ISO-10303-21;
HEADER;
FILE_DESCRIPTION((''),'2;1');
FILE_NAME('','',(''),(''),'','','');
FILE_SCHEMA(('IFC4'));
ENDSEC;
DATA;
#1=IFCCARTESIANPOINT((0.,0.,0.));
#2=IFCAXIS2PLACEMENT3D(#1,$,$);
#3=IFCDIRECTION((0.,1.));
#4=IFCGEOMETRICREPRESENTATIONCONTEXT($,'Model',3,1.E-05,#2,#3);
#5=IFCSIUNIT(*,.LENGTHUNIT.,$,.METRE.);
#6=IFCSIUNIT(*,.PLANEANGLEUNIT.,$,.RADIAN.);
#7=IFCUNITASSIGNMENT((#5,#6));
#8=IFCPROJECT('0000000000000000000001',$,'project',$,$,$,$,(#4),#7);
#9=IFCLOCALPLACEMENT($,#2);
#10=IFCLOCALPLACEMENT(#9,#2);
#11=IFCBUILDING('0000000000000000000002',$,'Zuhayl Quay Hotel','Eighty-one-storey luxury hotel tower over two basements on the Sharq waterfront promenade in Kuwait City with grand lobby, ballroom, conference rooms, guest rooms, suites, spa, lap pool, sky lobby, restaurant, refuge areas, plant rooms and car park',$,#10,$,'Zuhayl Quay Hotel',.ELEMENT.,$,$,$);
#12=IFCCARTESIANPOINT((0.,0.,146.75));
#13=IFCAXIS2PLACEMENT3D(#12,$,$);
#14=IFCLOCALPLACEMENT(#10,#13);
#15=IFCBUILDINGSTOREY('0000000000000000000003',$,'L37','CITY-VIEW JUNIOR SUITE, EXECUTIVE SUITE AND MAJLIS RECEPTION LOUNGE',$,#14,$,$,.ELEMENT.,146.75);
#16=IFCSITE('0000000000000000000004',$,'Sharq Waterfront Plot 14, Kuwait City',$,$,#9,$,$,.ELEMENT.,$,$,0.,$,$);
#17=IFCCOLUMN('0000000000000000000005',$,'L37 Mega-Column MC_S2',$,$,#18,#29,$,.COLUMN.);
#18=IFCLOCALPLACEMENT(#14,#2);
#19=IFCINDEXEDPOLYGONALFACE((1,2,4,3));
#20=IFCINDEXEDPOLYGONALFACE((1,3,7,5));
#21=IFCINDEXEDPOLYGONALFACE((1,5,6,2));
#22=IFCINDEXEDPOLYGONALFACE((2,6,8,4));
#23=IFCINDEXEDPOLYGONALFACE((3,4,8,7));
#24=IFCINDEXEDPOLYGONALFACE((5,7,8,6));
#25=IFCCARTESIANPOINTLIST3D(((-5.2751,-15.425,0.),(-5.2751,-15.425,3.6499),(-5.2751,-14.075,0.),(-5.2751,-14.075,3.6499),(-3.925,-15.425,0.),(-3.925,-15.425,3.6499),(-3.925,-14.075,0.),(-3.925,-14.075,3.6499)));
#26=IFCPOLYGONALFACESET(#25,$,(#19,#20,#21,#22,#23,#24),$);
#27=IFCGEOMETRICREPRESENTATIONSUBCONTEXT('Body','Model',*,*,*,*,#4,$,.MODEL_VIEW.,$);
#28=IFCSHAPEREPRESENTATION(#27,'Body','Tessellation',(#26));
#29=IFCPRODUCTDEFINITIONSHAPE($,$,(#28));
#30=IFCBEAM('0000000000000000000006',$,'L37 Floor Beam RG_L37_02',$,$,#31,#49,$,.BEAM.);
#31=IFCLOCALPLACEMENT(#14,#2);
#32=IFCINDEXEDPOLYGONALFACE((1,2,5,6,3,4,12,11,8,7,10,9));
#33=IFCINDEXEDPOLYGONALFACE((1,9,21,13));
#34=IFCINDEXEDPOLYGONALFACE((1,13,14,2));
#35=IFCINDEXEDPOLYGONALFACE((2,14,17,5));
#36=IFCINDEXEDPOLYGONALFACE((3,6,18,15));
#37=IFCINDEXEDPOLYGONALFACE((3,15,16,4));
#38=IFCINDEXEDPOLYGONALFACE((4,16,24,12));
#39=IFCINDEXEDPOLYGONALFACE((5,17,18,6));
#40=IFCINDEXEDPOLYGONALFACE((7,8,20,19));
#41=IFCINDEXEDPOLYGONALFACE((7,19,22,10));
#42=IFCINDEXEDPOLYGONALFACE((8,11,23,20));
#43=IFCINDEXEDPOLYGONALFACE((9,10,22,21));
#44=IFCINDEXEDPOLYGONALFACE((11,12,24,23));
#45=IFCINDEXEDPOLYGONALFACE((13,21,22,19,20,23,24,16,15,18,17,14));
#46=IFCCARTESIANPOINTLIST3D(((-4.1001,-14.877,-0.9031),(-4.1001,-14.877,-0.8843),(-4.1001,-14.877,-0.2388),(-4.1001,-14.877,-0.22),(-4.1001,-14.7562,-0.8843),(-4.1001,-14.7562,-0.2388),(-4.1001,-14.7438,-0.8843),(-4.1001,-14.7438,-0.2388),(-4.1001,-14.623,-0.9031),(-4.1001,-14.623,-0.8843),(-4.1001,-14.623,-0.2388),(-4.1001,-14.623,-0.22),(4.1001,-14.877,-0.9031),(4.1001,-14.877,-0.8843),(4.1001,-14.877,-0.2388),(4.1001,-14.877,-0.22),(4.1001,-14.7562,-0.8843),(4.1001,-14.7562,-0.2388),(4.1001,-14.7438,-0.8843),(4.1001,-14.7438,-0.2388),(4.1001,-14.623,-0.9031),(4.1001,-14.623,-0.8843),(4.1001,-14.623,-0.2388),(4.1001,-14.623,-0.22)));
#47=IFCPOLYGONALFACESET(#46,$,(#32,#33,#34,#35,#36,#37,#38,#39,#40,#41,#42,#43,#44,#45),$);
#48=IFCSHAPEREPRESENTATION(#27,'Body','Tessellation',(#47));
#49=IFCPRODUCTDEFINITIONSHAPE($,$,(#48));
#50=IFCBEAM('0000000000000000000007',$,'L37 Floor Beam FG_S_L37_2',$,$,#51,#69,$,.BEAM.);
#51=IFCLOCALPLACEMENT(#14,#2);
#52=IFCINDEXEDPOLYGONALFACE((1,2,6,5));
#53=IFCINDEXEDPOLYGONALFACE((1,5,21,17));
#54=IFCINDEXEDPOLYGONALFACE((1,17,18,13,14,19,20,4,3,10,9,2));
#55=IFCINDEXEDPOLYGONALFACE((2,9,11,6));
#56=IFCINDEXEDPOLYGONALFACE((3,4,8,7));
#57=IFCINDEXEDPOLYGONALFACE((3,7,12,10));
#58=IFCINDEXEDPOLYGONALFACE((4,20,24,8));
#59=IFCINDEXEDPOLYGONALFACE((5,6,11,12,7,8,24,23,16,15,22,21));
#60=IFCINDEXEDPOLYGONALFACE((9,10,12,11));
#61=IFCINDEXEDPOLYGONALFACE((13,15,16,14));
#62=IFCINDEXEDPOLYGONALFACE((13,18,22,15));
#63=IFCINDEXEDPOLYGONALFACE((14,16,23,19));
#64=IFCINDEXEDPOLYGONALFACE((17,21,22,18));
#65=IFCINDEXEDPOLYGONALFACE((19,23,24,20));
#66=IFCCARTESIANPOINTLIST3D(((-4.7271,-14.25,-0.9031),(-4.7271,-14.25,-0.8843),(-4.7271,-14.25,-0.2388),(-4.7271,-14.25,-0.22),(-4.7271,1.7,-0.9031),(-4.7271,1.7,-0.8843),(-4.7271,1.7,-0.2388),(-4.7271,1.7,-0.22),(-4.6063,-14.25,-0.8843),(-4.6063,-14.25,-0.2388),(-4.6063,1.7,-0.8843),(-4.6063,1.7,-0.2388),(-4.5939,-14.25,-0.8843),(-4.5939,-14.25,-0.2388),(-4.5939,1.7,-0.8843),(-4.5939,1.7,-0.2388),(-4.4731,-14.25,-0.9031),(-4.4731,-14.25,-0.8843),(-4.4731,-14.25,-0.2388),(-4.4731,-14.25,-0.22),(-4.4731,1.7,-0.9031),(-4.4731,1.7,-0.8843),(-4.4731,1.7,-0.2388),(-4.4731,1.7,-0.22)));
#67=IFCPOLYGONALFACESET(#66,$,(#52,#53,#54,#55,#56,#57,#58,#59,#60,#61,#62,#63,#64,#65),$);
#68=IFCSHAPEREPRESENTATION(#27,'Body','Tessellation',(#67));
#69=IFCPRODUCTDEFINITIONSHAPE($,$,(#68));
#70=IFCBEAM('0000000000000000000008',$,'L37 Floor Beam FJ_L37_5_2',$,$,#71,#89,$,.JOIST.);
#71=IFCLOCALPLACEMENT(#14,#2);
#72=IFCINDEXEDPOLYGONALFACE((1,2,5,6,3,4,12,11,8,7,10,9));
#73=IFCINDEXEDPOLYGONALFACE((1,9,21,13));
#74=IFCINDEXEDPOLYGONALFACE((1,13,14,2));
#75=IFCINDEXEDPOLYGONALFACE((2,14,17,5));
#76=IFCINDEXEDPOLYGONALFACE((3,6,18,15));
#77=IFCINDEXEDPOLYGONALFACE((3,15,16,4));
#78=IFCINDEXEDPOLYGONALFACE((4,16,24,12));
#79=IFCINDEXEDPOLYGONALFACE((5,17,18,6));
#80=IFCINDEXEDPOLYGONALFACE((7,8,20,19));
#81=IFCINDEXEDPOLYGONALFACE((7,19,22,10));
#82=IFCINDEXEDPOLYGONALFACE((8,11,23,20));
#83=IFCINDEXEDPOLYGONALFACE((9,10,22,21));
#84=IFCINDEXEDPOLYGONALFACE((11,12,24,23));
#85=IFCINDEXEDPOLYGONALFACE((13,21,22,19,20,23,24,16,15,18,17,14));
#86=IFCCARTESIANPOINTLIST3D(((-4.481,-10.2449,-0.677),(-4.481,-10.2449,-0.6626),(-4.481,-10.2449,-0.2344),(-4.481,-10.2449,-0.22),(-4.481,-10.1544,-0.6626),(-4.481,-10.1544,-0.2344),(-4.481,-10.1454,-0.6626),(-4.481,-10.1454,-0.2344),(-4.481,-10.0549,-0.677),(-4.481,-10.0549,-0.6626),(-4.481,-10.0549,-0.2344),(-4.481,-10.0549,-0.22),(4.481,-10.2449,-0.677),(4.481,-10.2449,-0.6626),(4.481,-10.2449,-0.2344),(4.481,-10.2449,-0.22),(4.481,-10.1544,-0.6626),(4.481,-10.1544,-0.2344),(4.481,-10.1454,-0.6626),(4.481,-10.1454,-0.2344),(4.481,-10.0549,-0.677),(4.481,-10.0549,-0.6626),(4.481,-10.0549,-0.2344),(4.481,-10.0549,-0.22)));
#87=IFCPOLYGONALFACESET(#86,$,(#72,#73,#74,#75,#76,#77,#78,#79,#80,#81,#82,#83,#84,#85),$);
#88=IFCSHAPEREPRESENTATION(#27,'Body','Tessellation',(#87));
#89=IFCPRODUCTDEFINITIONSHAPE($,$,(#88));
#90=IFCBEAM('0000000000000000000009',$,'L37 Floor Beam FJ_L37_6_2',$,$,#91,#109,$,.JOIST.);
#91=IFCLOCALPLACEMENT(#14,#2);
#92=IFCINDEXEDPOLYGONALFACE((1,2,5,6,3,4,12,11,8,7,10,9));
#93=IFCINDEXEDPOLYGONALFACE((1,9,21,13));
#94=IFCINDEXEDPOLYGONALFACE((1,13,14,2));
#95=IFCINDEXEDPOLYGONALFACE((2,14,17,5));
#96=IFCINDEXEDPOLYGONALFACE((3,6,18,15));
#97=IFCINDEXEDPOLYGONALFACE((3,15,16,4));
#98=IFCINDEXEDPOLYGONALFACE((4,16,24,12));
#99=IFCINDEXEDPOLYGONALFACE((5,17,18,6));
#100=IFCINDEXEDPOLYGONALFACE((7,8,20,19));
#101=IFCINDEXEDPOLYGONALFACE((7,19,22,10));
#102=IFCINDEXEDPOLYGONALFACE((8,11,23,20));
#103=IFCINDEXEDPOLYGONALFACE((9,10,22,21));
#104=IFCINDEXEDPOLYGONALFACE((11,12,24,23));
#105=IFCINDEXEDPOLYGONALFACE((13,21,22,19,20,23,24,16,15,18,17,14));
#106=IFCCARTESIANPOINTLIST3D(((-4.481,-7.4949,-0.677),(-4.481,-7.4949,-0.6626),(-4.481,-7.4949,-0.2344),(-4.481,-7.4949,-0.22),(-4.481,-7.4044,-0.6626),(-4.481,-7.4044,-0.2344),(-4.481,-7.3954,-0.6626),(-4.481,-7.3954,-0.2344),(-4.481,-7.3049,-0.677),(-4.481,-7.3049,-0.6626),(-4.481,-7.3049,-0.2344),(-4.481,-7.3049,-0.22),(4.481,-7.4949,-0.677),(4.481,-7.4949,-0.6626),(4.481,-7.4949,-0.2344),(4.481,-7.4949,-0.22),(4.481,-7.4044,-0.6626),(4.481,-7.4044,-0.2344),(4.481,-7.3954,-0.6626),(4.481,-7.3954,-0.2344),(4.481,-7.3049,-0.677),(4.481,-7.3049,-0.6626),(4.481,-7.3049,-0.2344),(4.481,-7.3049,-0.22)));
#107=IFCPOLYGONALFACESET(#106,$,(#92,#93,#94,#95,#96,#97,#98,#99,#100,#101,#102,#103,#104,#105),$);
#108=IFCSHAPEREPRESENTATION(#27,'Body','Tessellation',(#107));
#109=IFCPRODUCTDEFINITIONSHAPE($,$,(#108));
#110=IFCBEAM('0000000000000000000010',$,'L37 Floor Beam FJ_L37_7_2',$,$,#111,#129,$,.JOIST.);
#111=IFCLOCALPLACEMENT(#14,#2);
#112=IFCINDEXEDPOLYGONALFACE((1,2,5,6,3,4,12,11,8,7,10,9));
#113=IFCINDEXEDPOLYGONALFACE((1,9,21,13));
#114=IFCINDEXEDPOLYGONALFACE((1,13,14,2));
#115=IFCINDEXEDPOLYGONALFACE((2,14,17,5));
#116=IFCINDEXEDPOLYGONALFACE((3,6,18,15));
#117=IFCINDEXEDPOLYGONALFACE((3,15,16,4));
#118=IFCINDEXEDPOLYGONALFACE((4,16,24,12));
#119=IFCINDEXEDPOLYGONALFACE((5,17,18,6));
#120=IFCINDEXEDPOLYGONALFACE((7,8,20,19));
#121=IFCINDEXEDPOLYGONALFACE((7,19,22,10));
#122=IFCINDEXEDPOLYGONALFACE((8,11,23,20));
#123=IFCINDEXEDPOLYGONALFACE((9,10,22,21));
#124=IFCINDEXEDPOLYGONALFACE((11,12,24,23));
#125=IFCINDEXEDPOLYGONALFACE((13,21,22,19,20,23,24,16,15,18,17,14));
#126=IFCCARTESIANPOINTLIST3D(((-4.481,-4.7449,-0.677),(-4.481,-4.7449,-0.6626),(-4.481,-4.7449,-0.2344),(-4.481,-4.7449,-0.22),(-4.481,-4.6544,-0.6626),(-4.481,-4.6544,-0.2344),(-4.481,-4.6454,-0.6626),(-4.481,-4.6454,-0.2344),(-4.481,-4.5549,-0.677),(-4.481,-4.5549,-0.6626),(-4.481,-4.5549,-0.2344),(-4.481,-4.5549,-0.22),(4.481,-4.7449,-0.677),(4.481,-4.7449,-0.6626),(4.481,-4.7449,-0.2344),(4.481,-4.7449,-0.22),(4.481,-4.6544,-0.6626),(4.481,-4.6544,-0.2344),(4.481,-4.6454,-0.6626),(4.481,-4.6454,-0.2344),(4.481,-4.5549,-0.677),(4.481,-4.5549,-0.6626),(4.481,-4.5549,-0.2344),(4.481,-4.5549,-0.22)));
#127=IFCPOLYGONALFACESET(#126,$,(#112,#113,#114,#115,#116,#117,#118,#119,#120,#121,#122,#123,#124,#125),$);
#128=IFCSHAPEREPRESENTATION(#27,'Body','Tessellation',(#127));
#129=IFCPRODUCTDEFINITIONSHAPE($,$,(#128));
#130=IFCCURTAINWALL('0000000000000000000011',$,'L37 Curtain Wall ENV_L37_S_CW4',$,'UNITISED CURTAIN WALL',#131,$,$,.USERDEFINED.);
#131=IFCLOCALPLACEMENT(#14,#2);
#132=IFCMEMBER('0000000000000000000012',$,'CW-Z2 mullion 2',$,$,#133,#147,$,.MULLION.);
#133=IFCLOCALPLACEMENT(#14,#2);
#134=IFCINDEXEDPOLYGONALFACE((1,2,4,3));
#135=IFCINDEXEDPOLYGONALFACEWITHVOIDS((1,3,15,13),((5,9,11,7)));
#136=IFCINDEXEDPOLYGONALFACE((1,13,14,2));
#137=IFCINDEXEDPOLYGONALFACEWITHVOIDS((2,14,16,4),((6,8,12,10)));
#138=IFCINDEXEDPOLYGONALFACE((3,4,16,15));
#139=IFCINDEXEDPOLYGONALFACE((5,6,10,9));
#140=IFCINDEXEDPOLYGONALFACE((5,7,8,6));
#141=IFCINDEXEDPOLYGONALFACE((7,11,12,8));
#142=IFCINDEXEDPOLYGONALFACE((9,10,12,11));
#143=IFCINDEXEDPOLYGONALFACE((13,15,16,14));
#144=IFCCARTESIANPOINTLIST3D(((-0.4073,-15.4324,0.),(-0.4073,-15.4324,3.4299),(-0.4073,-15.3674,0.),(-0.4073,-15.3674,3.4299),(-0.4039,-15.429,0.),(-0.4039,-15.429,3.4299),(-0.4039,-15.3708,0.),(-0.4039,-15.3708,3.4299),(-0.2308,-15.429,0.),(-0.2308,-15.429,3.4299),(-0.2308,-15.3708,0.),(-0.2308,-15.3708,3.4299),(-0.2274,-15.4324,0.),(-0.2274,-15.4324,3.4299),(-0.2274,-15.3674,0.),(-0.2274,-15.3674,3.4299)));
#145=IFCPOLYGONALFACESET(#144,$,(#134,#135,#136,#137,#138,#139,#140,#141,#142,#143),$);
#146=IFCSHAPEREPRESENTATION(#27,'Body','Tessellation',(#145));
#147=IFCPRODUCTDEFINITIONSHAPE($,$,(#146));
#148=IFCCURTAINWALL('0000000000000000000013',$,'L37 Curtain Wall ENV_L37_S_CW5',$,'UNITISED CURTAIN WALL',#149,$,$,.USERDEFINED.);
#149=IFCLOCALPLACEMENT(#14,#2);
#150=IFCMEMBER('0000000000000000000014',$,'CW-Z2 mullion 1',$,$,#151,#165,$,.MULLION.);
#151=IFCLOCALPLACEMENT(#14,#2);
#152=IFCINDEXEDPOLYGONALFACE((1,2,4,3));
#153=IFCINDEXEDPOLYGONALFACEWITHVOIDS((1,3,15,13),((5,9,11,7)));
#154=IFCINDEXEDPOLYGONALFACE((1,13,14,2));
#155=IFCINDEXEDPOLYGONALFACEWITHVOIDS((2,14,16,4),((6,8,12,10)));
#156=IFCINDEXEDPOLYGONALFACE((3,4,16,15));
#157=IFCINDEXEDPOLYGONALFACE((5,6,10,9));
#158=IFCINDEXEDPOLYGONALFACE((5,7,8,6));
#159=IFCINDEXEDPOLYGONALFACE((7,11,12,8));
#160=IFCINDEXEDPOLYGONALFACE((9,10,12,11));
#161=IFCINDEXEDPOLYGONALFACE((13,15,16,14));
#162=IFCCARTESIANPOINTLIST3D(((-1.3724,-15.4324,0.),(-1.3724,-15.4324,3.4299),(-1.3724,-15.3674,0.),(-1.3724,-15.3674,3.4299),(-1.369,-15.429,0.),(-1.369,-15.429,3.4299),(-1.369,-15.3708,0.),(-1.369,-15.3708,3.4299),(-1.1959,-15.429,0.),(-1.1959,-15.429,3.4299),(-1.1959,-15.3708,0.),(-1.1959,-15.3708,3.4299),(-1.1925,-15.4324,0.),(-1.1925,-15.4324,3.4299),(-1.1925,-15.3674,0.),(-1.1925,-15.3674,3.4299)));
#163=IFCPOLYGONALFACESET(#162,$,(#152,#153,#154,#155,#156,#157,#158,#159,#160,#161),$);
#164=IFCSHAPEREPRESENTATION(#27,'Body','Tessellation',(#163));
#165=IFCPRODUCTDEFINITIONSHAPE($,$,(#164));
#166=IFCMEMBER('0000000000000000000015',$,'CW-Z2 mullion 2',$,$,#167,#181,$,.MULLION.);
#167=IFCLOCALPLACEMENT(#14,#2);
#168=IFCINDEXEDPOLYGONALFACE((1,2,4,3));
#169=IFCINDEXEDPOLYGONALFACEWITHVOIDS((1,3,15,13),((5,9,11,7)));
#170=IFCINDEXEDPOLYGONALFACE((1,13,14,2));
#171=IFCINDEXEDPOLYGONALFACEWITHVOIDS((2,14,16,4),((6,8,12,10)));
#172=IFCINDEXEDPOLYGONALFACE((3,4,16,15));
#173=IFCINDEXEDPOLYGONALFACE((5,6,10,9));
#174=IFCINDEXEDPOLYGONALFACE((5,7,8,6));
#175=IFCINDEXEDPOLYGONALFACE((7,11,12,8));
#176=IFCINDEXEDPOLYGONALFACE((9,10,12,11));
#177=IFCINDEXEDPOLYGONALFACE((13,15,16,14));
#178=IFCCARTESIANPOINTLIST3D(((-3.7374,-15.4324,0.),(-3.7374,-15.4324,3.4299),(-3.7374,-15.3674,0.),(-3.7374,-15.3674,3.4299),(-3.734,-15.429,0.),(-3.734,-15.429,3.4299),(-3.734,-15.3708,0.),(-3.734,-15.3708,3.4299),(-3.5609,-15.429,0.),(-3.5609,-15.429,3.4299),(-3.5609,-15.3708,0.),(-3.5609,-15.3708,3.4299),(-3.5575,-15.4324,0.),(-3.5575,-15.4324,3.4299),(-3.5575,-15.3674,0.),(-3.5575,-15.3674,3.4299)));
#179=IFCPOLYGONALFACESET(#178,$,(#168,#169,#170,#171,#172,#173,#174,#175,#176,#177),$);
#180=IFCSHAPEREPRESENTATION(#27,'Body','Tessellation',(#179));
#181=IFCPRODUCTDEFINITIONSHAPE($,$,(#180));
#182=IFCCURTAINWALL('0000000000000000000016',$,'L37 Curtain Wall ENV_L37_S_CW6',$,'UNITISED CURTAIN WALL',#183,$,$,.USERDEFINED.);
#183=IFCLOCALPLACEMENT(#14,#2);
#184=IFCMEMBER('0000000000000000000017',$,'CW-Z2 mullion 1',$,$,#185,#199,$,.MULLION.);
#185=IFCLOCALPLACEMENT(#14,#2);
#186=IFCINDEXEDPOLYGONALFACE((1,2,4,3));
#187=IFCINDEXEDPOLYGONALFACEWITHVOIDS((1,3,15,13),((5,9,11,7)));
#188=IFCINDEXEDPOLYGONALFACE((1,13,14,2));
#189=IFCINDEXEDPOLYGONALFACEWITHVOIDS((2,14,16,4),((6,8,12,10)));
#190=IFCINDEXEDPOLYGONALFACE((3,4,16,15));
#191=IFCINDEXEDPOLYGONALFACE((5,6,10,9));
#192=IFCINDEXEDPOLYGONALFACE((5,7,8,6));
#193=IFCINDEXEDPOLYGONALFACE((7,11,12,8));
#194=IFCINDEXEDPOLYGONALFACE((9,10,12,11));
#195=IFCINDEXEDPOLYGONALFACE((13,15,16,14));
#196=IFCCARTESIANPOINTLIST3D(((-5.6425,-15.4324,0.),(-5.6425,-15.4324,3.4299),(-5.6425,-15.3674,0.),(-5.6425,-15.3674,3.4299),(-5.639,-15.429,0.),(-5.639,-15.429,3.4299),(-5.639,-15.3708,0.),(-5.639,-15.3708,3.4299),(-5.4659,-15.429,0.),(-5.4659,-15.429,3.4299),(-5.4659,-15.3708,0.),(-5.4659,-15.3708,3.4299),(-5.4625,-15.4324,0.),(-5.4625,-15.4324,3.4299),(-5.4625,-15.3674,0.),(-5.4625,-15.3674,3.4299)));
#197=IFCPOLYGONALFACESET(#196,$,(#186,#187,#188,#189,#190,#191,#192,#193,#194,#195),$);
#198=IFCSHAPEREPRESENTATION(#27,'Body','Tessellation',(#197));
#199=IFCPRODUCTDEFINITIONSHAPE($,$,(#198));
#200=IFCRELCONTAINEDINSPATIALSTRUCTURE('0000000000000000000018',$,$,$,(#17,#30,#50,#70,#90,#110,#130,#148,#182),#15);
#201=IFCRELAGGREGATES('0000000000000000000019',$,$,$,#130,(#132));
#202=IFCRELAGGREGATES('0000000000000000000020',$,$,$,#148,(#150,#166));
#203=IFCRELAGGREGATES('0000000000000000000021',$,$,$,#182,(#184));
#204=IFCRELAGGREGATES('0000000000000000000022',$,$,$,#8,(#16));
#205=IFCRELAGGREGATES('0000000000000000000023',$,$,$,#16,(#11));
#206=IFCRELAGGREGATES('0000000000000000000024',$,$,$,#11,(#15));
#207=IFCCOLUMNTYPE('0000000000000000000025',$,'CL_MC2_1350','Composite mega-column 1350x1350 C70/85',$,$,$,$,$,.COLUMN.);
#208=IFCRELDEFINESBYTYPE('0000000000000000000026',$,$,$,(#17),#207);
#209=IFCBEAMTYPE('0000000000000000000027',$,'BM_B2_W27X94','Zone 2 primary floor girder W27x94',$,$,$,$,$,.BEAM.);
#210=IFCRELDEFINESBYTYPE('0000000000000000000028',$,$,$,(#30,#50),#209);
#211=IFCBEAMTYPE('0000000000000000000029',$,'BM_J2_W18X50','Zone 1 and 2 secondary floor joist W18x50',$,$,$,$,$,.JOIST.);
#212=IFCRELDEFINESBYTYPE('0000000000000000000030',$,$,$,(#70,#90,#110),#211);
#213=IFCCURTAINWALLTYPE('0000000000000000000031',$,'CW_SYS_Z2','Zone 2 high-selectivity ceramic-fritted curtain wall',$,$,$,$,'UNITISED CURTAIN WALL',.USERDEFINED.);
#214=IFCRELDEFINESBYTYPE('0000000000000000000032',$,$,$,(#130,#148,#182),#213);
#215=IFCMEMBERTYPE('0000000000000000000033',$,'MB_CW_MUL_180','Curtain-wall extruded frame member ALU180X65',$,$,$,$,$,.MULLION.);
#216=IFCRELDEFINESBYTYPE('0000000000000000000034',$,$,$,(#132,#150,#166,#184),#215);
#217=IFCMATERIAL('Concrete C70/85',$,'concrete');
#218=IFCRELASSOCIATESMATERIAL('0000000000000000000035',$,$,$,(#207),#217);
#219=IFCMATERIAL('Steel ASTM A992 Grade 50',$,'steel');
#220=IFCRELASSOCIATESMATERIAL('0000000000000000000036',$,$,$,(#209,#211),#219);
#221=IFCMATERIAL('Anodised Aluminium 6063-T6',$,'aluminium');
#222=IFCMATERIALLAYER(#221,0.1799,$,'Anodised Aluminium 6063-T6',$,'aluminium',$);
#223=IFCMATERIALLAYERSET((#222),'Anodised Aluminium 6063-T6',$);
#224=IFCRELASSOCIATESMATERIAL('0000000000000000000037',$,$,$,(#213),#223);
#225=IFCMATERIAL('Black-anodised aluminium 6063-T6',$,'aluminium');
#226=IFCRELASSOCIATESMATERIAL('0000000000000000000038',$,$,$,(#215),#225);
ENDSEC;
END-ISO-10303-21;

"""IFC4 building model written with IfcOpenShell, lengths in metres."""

from ifc_helpers import new_model, si_unit, direction, frame, origin, origin_2d, place, context, subcontext, project, spatial, rectangle, hollow_rectangle, i_section, extrude, material, layer, layer_set, material_profile, profile_set, type_object, element, aggregate, save


model = new_model("IFC4")

# Units and contexts
model_context = context("Model", 3, precision=1e-05, world=origin(), true_north=direction((0.0, 1.0)))
body_context = subcontext(model_context, "Body", "Model", "MODEL_VIEW")
ifc_project = project(units=[si_unit("LENGTHUNIT", "METRE"), si_unit("PLANEANGLEUNIT", "RADIAN")], contexts=[model_context])

# Site, building, storey
site_placement = place(None, origin())
site = spatial("IfcSite", under=ifc_project, at=site_placement, Name="Sharq Waterfront Plot 14, Kuwait City", CompositionType="ELEMENT", RefElevation=0.0)
building_placement = place(site_placement, origin())
building = spatial("IfcBuilding", under=site, at=building_placement, Name="Zuhayl Quay Hotel", Description="Eighty-one-storey luxury hotel tower over two basements on the Sharq waterfront promenade in Kuwait City with grand lobby, ballroom, conference rooms, guest rooms, suites, spa, lap pool, sky lobby, restaurant, refuge areas, plant rooms and car park", LongName="Zuhayl Quay Hotel", CompositionType="ELEMENT")
storey_placement = place(building_placement, frame((0.0, 0.0, 146.75)))
storey = spatial("IfcBuildingStorey", under=building, at=storey_placement, Name="L37", Description="CITY-VIEW JUNIOR SUITE, EXECUTIVE SUITE AND MAJLIS RECEPTION LOUNGE", CompositionType="ELEMENT", Elevation=146.75)

# Column
ifc_material_1 = material(Name="Concrete C70/85", Category="concrete")
ifc_material_profile_1 = material_profile(ifc_material_1, rectangle(XDim=1.3501, YDim=1.3501, at=origin_2d()), Name="RC1350X1350")
ifc_profile_set_1 = profile_set([ifc_material_profile_1], Name="Concrete C70/85")
column_type = type_object("IfcColumnType", Name="CL_MC2_1350", Description="Composite mega-column 1350x1350 C70/85", PredefinedType="COLUMN", material=ifc_profile_set_1)
column_placement = place(storey_placement, frame((-4.6001, -14.75, 0.0), z_axis=(0.0, 0.0, 1.0), x_axis=(1.0, 0.0, 0.0)))
element("IfcColumn", 1, at=column_placement, inside=storey, type_object=column_type, Name="L37 Mega-Column MC_S2", PredefinedType="COLUMN", context=body_context, shape_type="SweptSolid", body=[
    extrude(rectangle(XDim=1.3501, YDim=1.3501, at=origin_2d()), origin(), (0.0, 0.0, 1.0), 3.6499),
])

# Beams
ifc_material_2 = material(Name="Steel ASTM A992 Grade 50", Category="steel")
ifc_material_profile_2 = material_profile(ifc_material_2, i_section(OverallWidth=0.2539, OverallDepth=0.6831, WebThickness=0.0125, FlangeThickness=0.0188, at=origin_2d()), Name="W27X94")
ifc_profile_set_2 = profile_set([ifc_material_profile_2], Name="Steel ASTM A992 Grade 50")
beam_type_1 = type_object("IfcBeamType", Name="BM_B2_W27X94", Description="Zone 2 primary floor girder W27x94", PredefinedType="BEAM", material=ifc_profile_set_2)
beam_1_placement = place(storey_placement, frame((-4.1001, -14.75, -0.5615), z_axis=(1.0, 0.0, 0.0), x_axis=(0.0, 1.0, 0.0)))
element("IfcBeam", 2, at=beam_1_placement, inside=storey, type_object=beam_type_1, Name="L37 Floor Beam RG_L37_02", PredefinedType="BEAM", context=body_context, shape_type="SweptSolid", body=[
    extrude(i_section(OverallWidth=0.2539, OverallDepth=0.6831, WebThickness=0.0125, FlangeThickness=0.0188, at=origin_2d()), origin(), (0.0, 0.0, 1.0), 8.2002),
])
beam_2_placement = place(storey_placement, frame((-4.6001, -14.25, -0.5615), z_axis=(0.0, 1.0, 0.0), x_axis=(-1.0, 0.0, 0.0)))
element("IfcBeam", 3, at=beam_2_placement, inside=storey, type_object=beam_type_1, Name="L37 Floor Beam FG_S_L37_2", PredefinedType="BEAM", context=body_context, shape_type="SweptSolid", body=[
    extrude(i_section(OverallWidth=0.2539, OverallDepth=0.6831, WebThickness=0.0125, FlangeThickness=0.0188, at=origin_2d()), origin(), (0.0, 0.0, 1.0), 15.95),
])
ifc_material_profile_3 = material_profile(ifc_material_2, i_section(OverallWidth=0.1899, OverallDepth=0.457, WebThickness=0.009, FlangeThickness=0.0144, at=origin_2d()), Name="W18X50")
ifc_profile_set_3 = profile_set([ifc_material_profile_3], Name="Steel ASTM A992 Grade 50")
beam_type_2 = type_object("IfcBeamType", Name="BM_J2_W18X50", Description="Zone 1 and 2 secondary floor joist W18x50", PredefinedType="JOIST", material=ifc_profile_set_3)
for number, where, z_axis, x_axis, name in (
    (4, (-4.481, -10.1499, -0.4485), (1.0, 0.0, 0.0), (0.0, 1.0, 0.0), "L37 Floor Beam FJ_L37_5_2"),
    (5, (-4.481, -7.3999, -0.4485), (1.0, 0.0, 0.0), (0.0, 1.0, 0.0), "L37 Floor Beam FJ_L37_6_2"),
    (6, (-4.481, -4.6499, -0.4485), (1.0, 0.0, 0.0), (0.0, 1.0, 0.0), "L37 Floor Beam FJ_L37_7_2"),
):
    element("IfcBeam", number, at=place(storey_placement, frame(where, z_axis=z_axis, x_axis=x_axis)), inside=storey, type_object=beam_type_2, Name=name, PredefinedType="JOIST", context=body_context, shape_type="SweptSolid", body=[
        extrude(i_section(OverallWidth=0.1899, OverallDepth=0.457, WebThickness=0.009, FlangeThickness=0.0144, at=origin_2d()), origin(), (0.0, 0.0, 1.0), 8.9619),
    ])

# Curtain wall, member
ifc_material_3 = material(Name="Anodised Aluminium 6063-T6", Category="aluminium")
ifc_layer_1 = layer(ifc_material_3, 0.1799, Name="Anodised Aluminium 6063-T6", Category="aluminium")
ifc_layer_set_1 = layer_set([ifc_layer_1], Name="Anodised Aluminium 6063-T6")
curtain_wall_type = type_object("IfcCurtainWallType", Name="CW_SYS_Z2", Description="Zone 2 high-selectivity ceramic-fritted curtain wall", ElementType="UNITISED CURTAIN WALL", PredefinedType="USERDEFINED", material=ifc_layer_set_1)
curtain_wall_1_placement = place(storey_placement, origin())
curtain_wall_1 = element("IfcCurtainWall", 7, at=curtain_wall_1_placement, inside=storey, type_object=curtain_wall_type, Name="L37 Curtain Wall ENV_L37_S_CW4", ObjectType="UNITISED CURTAIN WALL", PredefinedType="USERDEFINED")
ifc_material_4 = material(Name="Black-anodised aluminium 6063-T6", Category="aluminium")
ifc_material_profile_4 = material_profile(ifc_material_4, hollow_rectangle(XDim=0.0649, YDim=0.1799, WallThickness=0.0034, at=origin_2d()), Name="ALU180X65")
ifc_profile_set_4 = profile_set([ifc_material_profile_4], Name="Black-anodised aluminium 6063-T6")
member_type_1 = type_object("IfcMemberType", Name="MB_CW_MUL_180", Description="Curtain-wall extruded frame member ALU180X65", PredefinedType="MULLION", material=ifc_profile_set_4)
member_1_placement = place(storey_placement, frame((-0.3174, -15.3999, 0.0), z_axis=(0.0, 0.0, 1.0), x_axis=(0.0, -1.0, 0.0)))
member_1 = element("IfcMember", 8, at=member_1_placement, type_object=member_type_1, Name="CW-Z2 mullion 2", PredefinedType="MULLION", context=body_context, shape_type="SweptSolid", body=[
    extrude(hollow_rectangle(XDim=0.0649, YDim=0.1799, WallThickness=0.0034, at=origin_2d()), origin(), (0.0, 0.0, 1.0), 3.4299),
])
aggregate(curtain_wall_1, [member_1])

# Curtain walls, members
curtain_wall_2_placement = place(storey_placement, origin())
curtain_wall_2 = element("IfcCurtainWall", 9, at=curtain_wall_2_placement, inside=storey, type_object=curtain_wall_type, Name="L37 Curtain Wall ENV_L37_S_CW5", ObjectType="UNITISED CURTAIN WALL", PredefinedType="USERDEFINED")
member_2_placement = place(storey_placement, frame((-1.2825, -15.3999, 0.0), z_axis=(0.0, 0.0, 1.0), x_axis=(0.0, -1.0, 0.0)))
member_2 = element("IfcMember", 10, at=member_2_placement, type_object=member_type_1, Name="CW-Z2 mullion 1", PredefinedType="MULLION", context=body_context, shape_type="SweptSolid", body=[
    extrude(hollow_rectangle(XDim=0.0649, YDim=0.1799, WallThickness=0.0034, at=origin_2d()), origin(), (0.0, 0.0, 1.0), 3.4299),
])
member_3_placement = place(storey_placement, frame((-3.6475, -15.3999, 0.0), z_axis=(0.0, 0.0, 1.0), x_axis=(0.0, -1.0, 0.0)))
member_3 = element("IfcMember", 11, at=member_3_placement, type_object=member_type_1, Name="CW-Z2 mullion 2", PredefinedType="MULLION", context=body_context, shape_type="SweptSolid", body=[
    extrude(hollow_rectangle(XDim=0.0649, YDim=0.1799, WallThickness=0.0034, at=origin_2d()), origin(), (0.0, 0.0, 1.0), 3.4299),
])
curtain_wall_3_placement = place(storey_placement, origin())
curtain_wall_3 = element("IfcCurtainWall", 12, at=curtain_wall_3_placement, inside=storey, type_object=curtain_wall_type, Name="L37 Curtain Wall ENV_L37_S_CW6", ObjectType="UNITISED CURTAIN WALL", PredefinedType="USERDEFINED")
member_4_placement = place(storey_placement, frame((-5.5525, -15.3999, 0.0), z_axis=(0.0, 0.0, 1.0), x_axis=(0.0, -1.0, 0.0)))
member_4 = element("IfcMember", 13, at=member_4_placement, type_object=member_type_1, Name="CW-Z2 mullion 1", PredefinedType="MULLION", context=body_context, shape_type="SweptSolid", body=[
    extrude(hollow_rectangle(XDim=0.0649, YDim=0.1799, WallThickness=0.0034, at=origin_2d()), origin(), (0.0, 0.0, 1.0), 3.4299),
])

aggregate(curtain_wall_2, [member_2, member_3])
aggregate(curtain_wall_3, [member_4])

save(model, "model.ifc")
